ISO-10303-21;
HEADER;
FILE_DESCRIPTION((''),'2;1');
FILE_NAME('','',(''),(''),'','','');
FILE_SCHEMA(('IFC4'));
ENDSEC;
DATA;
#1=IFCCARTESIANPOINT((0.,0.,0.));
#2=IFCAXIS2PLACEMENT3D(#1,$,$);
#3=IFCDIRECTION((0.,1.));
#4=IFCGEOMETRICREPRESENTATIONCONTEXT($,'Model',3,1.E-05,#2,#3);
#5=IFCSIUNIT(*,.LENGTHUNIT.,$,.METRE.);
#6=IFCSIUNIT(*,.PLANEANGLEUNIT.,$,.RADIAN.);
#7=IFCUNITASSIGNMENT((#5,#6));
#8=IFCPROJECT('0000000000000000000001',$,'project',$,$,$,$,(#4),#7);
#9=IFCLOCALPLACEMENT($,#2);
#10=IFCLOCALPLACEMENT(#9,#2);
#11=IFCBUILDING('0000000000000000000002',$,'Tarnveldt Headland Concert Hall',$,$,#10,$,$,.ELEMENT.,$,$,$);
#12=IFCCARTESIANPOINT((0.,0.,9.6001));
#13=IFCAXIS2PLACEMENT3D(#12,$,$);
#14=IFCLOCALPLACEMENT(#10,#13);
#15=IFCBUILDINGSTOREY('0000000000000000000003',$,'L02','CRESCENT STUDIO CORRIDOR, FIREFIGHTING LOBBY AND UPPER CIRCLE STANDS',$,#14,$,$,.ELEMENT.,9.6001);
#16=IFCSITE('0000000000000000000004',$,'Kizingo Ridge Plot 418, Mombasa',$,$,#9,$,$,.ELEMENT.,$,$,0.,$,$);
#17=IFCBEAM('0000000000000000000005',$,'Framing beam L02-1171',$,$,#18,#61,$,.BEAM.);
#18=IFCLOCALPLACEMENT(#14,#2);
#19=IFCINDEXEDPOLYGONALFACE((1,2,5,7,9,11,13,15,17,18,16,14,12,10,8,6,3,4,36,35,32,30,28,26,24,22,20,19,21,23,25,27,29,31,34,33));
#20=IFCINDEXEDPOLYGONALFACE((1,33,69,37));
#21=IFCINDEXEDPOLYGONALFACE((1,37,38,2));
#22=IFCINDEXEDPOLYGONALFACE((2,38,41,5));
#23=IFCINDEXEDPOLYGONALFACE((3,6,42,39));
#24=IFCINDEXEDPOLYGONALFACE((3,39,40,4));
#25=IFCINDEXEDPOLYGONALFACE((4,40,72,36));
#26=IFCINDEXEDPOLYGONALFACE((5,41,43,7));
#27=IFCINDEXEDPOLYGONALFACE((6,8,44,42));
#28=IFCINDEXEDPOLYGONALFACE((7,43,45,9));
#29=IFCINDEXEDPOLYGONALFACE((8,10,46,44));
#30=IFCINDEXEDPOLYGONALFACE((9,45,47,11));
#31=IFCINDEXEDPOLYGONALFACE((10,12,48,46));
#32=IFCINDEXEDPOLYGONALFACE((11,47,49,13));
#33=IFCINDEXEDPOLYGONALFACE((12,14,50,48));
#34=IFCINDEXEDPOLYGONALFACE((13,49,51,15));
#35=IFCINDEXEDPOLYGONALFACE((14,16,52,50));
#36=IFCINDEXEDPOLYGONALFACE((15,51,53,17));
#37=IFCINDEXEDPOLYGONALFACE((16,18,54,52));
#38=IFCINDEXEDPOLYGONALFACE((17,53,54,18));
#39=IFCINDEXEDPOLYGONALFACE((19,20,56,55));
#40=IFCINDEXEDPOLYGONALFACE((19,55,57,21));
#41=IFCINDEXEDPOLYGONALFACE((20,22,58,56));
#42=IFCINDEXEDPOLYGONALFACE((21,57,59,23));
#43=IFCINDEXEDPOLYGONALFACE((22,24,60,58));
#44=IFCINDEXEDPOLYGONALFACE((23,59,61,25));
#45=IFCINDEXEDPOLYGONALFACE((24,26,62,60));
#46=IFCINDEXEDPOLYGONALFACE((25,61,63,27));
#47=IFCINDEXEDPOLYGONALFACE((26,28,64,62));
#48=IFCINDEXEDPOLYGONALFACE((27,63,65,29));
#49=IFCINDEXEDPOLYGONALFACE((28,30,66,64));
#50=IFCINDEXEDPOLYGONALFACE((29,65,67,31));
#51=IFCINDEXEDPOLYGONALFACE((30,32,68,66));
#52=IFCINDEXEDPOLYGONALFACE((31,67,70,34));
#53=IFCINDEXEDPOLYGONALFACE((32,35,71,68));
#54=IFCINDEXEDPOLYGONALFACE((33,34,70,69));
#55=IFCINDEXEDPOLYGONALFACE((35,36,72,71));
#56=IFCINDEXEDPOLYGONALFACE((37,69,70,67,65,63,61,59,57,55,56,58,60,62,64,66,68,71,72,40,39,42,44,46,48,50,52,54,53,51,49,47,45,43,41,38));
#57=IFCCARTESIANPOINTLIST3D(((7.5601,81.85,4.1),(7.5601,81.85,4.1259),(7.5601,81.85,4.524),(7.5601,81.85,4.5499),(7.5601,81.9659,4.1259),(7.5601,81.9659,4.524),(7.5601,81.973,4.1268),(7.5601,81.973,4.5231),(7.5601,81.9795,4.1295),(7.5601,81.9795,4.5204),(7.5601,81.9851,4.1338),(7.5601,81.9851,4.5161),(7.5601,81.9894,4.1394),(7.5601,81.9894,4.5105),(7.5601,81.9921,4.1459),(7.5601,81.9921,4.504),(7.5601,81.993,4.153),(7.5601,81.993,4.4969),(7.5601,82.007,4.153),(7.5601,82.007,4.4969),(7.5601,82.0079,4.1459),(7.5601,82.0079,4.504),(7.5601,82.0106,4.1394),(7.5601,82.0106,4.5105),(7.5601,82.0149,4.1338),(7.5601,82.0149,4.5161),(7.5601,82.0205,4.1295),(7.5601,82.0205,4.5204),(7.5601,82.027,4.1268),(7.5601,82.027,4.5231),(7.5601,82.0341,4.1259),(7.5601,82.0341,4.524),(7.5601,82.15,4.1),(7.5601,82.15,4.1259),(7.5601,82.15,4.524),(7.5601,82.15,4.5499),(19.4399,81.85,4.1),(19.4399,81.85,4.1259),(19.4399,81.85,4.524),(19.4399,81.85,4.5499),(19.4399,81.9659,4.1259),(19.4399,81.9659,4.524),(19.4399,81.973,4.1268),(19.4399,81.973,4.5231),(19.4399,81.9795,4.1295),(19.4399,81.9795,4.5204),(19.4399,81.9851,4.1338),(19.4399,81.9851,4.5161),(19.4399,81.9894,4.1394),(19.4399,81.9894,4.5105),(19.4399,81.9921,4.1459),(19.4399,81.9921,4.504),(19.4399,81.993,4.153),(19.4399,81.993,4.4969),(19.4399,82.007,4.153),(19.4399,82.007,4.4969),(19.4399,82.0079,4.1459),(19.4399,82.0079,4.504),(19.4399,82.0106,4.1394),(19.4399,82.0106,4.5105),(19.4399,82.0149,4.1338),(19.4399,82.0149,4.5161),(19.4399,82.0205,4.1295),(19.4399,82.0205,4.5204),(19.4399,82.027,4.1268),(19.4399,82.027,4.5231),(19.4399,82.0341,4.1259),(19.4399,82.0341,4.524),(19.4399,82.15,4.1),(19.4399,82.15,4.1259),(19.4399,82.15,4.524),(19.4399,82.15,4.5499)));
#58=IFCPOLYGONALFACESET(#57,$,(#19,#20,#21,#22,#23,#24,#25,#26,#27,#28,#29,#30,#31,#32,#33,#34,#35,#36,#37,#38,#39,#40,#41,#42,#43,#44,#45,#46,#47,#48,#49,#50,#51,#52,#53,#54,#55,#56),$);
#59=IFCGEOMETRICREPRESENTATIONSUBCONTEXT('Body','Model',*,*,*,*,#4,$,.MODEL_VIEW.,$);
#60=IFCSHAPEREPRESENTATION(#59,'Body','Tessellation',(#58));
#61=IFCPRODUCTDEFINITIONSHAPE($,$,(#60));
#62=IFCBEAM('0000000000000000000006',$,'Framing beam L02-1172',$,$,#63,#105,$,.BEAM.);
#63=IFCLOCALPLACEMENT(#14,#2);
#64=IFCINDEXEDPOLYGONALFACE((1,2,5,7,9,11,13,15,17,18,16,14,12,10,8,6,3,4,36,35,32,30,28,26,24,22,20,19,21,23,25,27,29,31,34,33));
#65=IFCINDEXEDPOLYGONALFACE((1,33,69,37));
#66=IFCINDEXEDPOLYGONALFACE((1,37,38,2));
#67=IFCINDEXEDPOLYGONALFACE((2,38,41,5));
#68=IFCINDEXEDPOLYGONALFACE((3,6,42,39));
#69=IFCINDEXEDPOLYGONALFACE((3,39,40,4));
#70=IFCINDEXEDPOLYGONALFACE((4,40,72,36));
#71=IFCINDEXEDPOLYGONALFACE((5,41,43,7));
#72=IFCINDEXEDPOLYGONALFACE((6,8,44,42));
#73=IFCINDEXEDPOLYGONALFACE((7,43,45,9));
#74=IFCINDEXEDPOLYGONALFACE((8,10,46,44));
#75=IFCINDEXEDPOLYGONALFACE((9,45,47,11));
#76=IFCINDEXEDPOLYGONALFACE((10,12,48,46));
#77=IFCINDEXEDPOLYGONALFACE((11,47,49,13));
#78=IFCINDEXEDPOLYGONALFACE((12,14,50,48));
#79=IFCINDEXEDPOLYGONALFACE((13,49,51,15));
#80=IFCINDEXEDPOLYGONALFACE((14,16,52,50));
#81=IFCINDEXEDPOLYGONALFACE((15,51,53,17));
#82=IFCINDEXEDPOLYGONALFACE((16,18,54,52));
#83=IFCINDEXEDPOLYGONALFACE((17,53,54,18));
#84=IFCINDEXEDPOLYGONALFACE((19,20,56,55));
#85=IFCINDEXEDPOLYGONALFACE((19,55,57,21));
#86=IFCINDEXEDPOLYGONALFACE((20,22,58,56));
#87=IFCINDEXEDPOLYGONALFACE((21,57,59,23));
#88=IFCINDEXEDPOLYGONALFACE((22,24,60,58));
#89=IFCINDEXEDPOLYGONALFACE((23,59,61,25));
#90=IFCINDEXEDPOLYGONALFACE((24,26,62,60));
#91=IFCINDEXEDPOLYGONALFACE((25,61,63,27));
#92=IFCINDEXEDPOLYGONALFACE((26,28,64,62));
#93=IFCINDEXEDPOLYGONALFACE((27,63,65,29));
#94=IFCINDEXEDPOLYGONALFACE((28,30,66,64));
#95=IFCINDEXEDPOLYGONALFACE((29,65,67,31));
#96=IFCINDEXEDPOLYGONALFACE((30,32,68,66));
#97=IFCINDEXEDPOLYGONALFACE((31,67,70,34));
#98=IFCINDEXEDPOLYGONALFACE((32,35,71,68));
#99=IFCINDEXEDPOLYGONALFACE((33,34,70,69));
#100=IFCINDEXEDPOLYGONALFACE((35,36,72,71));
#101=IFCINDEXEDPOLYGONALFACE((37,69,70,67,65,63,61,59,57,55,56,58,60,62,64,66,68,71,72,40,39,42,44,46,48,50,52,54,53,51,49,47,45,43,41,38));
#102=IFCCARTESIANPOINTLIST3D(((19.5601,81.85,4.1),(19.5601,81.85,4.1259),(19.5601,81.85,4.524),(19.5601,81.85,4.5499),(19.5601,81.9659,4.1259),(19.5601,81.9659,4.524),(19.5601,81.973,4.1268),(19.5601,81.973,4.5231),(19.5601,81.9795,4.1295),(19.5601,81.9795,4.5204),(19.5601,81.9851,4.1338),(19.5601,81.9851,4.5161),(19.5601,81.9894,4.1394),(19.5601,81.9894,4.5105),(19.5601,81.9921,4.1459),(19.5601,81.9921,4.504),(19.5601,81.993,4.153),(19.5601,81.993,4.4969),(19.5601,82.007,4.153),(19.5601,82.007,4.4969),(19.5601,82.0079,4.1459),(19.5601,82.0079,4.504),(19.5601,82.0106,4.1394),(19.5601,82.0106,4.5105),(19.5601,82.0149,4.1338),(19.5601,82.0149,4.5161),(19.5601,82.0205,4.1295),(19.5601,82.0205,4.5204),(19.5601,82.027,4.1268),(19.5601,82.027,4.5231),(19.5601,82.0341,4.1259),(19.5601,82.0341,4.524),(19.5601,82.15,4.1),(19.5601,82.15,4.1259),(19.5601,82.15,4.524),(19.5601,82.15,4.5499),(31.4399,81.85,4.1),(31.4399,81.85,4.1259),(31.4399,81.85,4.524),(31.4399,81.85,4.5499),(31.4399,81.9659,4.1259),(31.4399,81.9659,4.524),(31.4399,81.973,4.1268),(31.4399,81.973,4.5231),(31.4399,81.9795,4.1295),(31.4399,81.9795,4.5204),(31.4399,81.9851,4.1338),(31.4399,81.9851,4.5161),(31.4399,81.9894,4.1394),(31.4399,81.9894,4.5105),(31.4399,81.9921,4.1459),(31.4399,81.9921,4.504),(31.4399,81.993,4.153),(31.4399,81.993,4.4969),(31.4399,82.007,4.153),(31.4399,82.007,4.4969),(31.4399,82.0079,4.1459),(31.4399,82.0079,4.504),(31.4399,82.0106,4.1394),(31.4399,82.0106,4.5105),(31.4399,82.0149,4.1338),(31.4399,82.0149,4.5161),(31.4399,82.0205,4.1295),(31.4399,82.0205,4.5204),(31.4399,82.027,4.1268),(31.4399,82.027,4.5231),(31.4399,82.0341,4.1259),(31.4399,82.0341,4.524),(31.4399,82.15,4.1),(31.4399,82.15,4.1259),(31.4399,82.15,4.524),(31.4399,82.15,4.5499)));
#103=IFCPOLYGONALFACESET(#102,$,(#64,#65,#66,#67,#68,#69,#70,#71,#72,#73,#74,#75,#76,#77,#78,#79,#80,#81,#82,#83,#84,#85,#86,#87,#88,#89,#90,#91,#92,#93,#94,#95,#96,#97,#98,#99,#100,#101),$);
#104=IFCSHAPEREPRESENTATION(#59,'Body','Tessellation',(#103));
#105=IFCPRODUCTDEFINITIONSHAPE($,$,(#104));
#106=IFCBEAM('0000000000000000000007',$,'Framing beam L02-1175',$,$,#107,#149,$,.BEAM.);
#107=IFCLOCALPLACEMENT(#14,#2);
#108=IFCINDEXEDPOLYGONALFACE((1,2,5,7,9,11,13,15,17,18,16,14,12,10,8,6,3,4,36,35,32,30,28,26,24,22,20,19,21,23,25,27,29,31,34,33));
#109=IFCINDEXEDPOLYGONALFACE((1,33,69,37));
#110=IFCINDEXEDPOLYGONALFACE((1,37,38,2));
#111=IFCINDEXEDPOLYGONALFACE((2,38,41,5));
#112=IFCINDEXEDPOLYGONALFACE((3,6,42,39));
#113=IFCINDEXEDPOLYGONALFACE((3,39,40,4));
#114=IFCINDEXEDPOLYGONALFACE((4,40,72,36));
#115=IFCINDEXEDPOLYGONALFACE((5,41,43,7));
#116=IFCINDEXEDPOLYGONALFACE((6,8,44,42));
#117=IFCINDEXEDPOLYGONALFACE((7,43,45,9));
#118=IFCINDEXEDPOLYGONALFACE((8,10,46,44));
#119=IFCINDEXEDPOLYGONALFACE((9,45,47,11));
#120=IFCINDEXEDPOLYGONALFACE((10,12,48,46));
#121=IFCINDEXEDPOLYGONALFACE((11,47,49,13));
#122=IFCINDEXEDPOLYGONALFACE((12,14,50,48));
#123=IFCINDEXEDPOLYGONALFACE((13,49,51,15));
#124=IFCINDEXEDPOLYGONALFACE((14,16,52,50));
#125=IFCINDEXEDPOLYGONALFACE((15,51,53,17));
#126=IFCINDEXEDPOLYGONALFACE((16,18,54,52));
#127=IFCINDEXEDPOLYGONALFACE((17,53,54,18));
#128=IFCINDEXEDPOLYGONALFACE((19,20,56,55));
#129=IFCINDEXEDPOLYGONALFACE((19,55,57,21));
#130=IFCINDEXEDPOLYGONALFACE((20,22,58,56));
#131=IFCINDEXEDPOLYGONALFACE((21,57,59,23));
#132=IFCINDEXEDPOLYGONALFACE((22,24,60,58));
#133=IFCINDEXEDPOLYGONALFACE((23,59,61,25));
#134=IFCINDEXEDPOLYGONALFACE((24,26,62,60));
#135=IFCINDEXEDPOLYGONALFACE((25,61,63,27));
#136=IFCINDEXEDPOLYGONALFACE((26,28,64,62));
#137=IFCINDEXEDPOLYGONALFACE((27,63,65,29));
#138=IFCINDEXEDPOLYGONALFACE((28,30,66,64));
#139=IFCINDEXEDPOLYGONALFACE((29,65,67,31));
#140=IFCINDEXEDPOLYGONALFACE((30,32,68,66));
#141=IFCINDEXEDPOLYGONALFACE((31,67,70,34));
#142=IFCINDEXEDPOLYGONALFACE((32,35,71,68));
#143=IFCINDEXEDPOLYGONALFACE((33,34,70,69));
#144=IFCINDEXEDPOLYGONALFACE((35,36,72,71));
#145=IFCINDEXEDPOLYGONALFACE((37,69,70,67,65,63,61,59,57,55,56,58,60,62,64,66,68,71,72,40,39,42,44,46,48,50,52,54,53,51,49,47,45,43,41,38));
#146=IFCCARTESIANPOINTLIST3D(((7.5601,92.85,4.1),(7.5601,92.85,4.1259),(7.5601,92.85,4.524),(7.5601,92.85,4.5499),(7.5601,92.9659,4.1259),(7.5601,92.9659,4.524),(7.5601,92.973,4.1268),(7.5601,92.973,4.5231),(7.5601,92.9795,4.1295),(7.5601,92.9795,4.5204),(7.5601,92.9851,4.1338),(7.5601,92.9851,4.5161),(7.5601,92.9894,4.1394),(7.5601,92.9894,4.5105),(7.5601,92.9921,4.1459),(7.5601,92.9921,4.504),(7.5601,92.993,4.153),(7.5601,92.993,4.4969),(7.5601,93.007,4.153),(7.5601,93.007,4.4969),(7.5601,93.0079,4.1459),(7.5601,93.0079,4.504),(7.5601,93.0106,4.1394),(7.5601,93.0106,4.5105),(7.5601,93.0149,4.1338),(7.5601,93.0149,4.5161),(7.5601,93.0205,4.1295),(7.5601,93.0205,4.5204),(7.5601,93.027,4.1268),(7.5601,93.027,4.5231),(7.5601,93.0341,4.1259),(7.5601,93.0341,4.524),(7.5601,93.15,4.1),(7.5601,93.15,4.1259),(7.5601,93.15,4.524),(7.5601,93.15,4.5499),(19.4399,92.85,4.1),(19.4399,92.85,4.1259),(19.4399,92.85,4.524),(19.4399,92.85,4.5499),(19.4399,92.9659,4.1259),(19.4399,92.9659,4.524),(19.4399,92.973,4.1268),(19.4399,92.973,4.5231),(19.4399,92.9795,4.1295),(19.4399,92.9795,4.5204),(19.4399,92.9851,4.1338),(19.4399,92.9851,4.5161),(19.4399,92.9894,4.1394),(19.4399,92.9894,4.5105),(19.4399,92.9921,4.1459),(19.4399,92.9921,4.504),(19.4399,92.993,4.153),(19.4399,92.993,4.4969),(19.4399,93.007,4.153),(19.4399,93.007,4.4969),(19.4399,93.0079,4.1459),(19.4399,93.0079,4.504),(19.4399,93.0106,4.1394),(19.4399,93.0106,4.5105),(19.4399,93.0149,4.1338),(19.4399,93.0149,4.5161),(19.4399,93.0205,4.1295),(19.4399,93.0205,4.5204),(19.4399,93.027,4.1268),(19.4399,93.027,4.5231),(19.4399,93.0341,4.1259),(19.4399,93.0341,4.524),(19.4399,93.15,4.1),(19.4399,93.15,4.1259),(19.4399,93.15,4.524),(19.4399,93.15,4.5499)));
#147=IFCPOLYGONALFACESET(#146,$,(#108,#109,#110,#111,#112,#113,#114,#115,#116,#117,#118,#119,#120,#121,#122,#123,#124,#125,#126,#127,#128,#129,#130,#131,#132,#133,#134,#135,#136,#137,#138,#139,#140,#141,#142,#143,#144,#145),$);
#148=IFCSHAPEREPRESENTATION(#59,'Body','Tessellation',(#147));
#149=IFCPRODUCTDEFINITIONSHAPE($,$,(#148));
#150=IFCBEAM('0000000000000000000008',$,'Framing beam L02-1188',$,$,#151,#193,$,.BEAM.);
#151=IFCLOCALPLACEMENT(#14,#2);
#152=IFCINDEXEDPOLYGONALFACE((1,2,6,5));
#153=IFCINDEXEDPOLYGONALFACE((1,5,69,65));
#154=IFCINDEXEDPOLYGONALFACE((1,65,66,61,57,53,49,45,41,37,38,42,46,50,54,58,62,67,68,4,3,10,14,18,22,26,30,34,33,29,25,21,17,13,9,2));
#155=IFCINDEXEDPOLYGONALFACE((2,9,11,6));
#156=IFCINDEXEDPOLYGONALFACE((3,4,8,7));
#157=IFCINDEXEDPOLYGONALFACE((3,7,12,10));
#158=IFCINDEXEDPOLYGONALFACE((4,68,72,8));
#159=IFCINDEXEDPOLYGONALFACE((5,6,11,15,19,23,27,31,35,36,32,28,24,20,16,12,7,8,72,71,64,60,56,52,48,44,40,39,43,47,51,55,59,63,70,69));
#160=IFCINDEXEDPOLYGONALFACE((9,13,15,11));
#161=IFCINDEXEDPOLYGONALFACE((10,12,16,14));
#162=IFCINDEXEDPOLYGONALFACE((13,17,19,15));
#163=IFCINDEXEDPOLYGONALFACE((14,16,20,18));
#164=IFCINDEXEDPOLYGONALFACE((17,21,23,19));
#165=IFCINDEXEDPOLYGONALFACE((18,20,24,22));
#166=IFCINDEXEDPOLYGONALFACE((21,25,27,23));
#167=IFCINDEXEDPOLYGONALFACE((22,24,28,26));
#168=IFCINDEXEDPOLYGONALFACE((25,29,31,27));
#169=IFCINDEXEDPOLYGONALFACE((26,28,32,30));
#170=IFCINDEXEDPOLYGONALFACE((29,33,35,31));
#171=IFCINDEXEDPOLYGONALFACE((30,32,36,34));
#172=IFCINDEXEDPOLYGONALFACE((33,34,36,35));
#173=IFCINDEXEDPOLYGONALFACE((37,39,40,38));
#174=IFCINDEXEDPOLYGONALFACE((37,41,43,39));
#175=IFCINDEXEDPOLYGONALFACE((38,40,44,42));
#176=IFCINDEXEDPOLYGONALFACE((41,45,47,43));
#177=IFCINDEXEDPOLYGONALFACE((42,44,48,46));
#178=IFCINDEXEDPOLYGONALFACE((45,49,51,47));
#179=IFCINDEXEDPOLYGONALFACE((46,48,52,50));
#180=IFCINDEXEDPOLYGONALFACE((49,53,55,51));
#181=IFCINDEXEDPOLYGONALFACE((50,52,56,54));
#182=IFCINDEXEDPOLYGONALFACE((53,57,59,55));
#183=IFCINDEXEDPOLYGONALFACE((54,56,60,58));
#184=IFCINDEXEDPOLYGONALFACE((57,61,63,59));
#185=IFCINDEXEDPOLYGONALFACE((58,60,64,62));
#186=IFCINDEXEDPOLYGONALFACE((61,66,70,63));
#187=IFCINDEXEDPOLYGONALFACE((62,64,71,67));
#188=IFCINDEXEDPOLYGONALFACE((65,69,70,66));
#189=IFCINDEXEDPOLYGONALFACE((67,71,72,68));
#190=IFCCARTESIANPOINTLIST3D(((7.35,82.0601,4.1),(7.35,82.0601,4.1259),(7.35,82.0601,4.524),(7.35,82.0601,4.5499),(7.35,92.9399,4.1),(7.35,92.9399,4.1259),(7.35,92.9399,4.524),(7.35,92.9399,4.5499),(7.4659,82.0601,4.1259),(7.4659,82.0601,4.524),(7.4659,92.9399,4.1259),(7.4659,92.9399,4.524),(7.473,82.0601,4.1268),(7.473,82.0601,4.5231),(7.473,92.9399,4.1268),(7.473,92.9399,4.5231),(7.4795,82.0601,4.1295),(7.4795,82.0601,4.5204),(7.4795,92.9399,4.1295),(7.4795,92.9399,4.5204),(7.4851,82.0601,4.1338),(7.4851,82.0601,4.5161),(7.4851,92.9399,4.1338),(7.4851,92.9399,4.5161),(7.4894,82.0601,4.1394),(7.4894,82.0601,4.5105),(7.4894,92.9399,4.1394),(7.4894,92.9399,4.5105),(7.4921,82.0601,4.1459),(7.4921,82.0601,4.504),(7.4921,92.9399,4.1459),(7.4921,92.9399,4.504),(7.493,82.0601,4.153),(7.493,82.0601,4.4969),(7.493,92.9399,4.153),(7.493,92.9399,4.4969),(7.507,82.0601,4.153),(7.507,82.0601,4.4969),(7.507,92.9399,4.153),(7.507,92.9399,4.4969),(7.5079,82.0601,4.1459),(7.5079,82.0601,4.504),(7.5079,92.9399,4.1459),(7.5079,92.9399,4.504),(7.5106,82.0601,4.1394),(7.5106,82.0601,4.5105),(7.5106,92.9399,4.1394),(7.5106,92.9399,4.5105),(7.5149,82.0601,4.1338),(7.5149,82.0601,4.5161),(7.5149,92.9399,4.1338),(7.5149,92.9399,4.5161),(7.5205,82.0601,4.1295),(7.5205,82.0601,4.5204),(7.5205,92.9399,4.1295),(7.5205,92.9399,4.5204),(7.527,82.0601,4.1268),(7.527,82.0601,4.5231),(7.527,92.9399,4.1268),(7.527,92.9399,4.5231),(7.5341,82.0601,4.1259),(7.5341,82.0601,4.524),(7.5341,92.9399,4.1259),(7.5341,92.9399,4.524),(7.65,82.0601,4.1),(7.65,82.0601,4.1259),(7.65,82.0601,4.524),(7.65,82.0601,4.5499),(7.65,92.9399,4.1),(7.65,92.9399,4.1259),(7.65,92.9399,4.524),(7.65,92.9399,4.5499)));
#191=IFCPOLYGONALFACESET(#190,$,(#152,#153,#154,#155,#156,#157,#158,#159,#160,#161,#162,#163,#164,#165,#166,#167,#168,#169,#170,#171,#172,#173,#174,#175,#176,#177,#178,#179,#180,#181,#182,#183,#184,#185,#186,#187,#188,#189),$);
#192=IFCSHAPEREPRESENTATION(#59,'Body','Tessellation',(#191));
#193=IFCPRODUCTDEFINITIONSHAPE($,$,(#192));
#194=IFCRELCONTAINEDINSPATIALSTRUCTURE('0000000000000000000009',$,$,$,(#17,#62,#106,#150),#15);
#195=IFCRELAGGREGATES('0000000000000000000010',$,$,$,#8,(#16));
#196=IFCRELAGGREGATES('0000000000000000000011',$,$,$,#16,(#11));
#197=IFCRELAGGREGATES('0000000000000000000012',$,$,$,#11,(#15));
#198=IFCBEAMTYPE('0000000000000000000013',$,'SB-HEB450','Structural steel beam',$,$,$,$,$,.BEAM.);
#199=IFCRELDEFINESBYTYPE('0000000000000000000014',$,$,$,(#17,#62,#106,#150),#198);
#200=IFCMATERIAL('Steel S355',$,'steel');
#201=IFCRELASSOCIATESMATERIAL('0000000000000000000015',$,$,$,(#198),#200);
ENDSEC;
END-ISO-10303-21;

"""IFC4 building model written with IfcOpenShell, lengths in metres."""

from ifc_helpers import new_model, si_unit, direction, frame, origin, origin_2d, place, context, subcontext, project, spatial, i_section, extrude, material, material_profile, profile_set, type_object, element, save


model = new_model("IFC4")

# Units and contexts
model_context = context("Model", 3, precision=1e-05, world=origin(), true_north=direction((0.0, 1.0)))
body_context = subcontext(model_context, "Body", "Model", "MODEL_VIEW")
ifc_project = project(units=[si_unit("LENGTHUNIT", "METRE"), si_unit("PLANEANGLEUNIT", "RADIAN")], contexts=[model_context])

# Site, building, storey
site_placement = place(None, origin())
site = spatial("IfcSite", under=ifc_project, at=site_placement, Name="Kizingo Ridge Plot 418, Mombasa", CompositionType="ELEMENT", RefElevation=0.0)
building_placement = place(site_placement, origin())
building = spatial("IfcBuilding", under=site, at=building_placement, Name="Tarnveldt Headland Concert Hall", CompositionType="ELEMENT")
storey_placement = place(building_placement, frame((0.0, 0.0, 9.6001)))
storey = spatial("IfcBuildingStorey", under=building, at=storey_placement, Name="L02", Description="CRESCENT STUDIO CORRIDOR, FIREFIGHTING LOBBY AND UPPER CIRCLE STANDS", CompositionType="ELEMENT", Elevation=9.6001)

# Shared definitions
ifc_material_1 = material(Name="Steel S355", Category="steel")

# Beams
ifc_material_profile_1 = material_profile(ifc_material_1, i_section(OverallWidth=0.3, OverallDepth=0.45, WebThickness=0.0139, FlangeThickness=0.0259, FilletRadius=0.0271, at=origin_2d()), Name="HEB450", Category="steel")
ifc_profile_set_1 = profile_set([ifc_material_profile_1], Name="Steel S355")
beam_type_1 = type_object("IfcBeamType", Name="SB-HEB450", Description="Structural steel beam", PredefinedType="BEAM", material=ifc_profile_set_1)
for number, where, z_axis, x_axis, name in (
    (1, (7.5601, 82.0, 4.325), (1.0, 0.0, 0.0), (0.0, 1.0, 0.0), "Framing beam L02-1171"),
    (2, (19.5601, 82.0, 4.325), (1.0, 0.0, 0.0), (0.0, 1.0, 0.0), "Framing beam L02-1172"),
    (3, (7.5601, 93.0, 4.325), (1.0, 0.0, 0.0), (0.0, 1.0, 0.0), "Framing beam L02-1175"),
):
    element("IfcBeam", number, at=place(storey_placement, frame(where, z_axis=z_axis, x_axis=x_axis)), inside=storey, type_object=beam_type_1, Name=name, PredefinedType="BEAM", context=body_context, shape_type="SweptSolid", body=[
        extrude(i_section(OverallWidth=0.3, OverallDepth=0.45, WebThickness=0.0139, FlangeThickness=0.0259, FilletRadius=0.0271, at=origin_2d()), origin(), (0.0, 0.0, 1.0), 11.8799),
    ])
for number, where, z_axis, x_axis, name in (
    (4, (7.5, 82.0601, 4.325), (0.0, 1.0, 0.0), (-1.0, 0.0, 0.0), "Framing beam L02-1188"),
):
    element("IfcBeam", number, at=place(storey_placement, frame(where, z_axis=z_axis, x_axis=x_axis)), inside=storey, type_object=beam_type_1, Name=name, PredefinedType="BEAM", context=body_context, shape_type="SweptSolid", body=[
        extrude(i_section(OverallWidth=0.3, OverallDepth=0.45, WebThickness=0.0139, FlangeThickness=0.0259, FilletRadius=0.0271, at=origin_2d()), origin(), (0.0, 0.0, 1.0), 10.8799),
    ])

save(model, "model.ifc")
